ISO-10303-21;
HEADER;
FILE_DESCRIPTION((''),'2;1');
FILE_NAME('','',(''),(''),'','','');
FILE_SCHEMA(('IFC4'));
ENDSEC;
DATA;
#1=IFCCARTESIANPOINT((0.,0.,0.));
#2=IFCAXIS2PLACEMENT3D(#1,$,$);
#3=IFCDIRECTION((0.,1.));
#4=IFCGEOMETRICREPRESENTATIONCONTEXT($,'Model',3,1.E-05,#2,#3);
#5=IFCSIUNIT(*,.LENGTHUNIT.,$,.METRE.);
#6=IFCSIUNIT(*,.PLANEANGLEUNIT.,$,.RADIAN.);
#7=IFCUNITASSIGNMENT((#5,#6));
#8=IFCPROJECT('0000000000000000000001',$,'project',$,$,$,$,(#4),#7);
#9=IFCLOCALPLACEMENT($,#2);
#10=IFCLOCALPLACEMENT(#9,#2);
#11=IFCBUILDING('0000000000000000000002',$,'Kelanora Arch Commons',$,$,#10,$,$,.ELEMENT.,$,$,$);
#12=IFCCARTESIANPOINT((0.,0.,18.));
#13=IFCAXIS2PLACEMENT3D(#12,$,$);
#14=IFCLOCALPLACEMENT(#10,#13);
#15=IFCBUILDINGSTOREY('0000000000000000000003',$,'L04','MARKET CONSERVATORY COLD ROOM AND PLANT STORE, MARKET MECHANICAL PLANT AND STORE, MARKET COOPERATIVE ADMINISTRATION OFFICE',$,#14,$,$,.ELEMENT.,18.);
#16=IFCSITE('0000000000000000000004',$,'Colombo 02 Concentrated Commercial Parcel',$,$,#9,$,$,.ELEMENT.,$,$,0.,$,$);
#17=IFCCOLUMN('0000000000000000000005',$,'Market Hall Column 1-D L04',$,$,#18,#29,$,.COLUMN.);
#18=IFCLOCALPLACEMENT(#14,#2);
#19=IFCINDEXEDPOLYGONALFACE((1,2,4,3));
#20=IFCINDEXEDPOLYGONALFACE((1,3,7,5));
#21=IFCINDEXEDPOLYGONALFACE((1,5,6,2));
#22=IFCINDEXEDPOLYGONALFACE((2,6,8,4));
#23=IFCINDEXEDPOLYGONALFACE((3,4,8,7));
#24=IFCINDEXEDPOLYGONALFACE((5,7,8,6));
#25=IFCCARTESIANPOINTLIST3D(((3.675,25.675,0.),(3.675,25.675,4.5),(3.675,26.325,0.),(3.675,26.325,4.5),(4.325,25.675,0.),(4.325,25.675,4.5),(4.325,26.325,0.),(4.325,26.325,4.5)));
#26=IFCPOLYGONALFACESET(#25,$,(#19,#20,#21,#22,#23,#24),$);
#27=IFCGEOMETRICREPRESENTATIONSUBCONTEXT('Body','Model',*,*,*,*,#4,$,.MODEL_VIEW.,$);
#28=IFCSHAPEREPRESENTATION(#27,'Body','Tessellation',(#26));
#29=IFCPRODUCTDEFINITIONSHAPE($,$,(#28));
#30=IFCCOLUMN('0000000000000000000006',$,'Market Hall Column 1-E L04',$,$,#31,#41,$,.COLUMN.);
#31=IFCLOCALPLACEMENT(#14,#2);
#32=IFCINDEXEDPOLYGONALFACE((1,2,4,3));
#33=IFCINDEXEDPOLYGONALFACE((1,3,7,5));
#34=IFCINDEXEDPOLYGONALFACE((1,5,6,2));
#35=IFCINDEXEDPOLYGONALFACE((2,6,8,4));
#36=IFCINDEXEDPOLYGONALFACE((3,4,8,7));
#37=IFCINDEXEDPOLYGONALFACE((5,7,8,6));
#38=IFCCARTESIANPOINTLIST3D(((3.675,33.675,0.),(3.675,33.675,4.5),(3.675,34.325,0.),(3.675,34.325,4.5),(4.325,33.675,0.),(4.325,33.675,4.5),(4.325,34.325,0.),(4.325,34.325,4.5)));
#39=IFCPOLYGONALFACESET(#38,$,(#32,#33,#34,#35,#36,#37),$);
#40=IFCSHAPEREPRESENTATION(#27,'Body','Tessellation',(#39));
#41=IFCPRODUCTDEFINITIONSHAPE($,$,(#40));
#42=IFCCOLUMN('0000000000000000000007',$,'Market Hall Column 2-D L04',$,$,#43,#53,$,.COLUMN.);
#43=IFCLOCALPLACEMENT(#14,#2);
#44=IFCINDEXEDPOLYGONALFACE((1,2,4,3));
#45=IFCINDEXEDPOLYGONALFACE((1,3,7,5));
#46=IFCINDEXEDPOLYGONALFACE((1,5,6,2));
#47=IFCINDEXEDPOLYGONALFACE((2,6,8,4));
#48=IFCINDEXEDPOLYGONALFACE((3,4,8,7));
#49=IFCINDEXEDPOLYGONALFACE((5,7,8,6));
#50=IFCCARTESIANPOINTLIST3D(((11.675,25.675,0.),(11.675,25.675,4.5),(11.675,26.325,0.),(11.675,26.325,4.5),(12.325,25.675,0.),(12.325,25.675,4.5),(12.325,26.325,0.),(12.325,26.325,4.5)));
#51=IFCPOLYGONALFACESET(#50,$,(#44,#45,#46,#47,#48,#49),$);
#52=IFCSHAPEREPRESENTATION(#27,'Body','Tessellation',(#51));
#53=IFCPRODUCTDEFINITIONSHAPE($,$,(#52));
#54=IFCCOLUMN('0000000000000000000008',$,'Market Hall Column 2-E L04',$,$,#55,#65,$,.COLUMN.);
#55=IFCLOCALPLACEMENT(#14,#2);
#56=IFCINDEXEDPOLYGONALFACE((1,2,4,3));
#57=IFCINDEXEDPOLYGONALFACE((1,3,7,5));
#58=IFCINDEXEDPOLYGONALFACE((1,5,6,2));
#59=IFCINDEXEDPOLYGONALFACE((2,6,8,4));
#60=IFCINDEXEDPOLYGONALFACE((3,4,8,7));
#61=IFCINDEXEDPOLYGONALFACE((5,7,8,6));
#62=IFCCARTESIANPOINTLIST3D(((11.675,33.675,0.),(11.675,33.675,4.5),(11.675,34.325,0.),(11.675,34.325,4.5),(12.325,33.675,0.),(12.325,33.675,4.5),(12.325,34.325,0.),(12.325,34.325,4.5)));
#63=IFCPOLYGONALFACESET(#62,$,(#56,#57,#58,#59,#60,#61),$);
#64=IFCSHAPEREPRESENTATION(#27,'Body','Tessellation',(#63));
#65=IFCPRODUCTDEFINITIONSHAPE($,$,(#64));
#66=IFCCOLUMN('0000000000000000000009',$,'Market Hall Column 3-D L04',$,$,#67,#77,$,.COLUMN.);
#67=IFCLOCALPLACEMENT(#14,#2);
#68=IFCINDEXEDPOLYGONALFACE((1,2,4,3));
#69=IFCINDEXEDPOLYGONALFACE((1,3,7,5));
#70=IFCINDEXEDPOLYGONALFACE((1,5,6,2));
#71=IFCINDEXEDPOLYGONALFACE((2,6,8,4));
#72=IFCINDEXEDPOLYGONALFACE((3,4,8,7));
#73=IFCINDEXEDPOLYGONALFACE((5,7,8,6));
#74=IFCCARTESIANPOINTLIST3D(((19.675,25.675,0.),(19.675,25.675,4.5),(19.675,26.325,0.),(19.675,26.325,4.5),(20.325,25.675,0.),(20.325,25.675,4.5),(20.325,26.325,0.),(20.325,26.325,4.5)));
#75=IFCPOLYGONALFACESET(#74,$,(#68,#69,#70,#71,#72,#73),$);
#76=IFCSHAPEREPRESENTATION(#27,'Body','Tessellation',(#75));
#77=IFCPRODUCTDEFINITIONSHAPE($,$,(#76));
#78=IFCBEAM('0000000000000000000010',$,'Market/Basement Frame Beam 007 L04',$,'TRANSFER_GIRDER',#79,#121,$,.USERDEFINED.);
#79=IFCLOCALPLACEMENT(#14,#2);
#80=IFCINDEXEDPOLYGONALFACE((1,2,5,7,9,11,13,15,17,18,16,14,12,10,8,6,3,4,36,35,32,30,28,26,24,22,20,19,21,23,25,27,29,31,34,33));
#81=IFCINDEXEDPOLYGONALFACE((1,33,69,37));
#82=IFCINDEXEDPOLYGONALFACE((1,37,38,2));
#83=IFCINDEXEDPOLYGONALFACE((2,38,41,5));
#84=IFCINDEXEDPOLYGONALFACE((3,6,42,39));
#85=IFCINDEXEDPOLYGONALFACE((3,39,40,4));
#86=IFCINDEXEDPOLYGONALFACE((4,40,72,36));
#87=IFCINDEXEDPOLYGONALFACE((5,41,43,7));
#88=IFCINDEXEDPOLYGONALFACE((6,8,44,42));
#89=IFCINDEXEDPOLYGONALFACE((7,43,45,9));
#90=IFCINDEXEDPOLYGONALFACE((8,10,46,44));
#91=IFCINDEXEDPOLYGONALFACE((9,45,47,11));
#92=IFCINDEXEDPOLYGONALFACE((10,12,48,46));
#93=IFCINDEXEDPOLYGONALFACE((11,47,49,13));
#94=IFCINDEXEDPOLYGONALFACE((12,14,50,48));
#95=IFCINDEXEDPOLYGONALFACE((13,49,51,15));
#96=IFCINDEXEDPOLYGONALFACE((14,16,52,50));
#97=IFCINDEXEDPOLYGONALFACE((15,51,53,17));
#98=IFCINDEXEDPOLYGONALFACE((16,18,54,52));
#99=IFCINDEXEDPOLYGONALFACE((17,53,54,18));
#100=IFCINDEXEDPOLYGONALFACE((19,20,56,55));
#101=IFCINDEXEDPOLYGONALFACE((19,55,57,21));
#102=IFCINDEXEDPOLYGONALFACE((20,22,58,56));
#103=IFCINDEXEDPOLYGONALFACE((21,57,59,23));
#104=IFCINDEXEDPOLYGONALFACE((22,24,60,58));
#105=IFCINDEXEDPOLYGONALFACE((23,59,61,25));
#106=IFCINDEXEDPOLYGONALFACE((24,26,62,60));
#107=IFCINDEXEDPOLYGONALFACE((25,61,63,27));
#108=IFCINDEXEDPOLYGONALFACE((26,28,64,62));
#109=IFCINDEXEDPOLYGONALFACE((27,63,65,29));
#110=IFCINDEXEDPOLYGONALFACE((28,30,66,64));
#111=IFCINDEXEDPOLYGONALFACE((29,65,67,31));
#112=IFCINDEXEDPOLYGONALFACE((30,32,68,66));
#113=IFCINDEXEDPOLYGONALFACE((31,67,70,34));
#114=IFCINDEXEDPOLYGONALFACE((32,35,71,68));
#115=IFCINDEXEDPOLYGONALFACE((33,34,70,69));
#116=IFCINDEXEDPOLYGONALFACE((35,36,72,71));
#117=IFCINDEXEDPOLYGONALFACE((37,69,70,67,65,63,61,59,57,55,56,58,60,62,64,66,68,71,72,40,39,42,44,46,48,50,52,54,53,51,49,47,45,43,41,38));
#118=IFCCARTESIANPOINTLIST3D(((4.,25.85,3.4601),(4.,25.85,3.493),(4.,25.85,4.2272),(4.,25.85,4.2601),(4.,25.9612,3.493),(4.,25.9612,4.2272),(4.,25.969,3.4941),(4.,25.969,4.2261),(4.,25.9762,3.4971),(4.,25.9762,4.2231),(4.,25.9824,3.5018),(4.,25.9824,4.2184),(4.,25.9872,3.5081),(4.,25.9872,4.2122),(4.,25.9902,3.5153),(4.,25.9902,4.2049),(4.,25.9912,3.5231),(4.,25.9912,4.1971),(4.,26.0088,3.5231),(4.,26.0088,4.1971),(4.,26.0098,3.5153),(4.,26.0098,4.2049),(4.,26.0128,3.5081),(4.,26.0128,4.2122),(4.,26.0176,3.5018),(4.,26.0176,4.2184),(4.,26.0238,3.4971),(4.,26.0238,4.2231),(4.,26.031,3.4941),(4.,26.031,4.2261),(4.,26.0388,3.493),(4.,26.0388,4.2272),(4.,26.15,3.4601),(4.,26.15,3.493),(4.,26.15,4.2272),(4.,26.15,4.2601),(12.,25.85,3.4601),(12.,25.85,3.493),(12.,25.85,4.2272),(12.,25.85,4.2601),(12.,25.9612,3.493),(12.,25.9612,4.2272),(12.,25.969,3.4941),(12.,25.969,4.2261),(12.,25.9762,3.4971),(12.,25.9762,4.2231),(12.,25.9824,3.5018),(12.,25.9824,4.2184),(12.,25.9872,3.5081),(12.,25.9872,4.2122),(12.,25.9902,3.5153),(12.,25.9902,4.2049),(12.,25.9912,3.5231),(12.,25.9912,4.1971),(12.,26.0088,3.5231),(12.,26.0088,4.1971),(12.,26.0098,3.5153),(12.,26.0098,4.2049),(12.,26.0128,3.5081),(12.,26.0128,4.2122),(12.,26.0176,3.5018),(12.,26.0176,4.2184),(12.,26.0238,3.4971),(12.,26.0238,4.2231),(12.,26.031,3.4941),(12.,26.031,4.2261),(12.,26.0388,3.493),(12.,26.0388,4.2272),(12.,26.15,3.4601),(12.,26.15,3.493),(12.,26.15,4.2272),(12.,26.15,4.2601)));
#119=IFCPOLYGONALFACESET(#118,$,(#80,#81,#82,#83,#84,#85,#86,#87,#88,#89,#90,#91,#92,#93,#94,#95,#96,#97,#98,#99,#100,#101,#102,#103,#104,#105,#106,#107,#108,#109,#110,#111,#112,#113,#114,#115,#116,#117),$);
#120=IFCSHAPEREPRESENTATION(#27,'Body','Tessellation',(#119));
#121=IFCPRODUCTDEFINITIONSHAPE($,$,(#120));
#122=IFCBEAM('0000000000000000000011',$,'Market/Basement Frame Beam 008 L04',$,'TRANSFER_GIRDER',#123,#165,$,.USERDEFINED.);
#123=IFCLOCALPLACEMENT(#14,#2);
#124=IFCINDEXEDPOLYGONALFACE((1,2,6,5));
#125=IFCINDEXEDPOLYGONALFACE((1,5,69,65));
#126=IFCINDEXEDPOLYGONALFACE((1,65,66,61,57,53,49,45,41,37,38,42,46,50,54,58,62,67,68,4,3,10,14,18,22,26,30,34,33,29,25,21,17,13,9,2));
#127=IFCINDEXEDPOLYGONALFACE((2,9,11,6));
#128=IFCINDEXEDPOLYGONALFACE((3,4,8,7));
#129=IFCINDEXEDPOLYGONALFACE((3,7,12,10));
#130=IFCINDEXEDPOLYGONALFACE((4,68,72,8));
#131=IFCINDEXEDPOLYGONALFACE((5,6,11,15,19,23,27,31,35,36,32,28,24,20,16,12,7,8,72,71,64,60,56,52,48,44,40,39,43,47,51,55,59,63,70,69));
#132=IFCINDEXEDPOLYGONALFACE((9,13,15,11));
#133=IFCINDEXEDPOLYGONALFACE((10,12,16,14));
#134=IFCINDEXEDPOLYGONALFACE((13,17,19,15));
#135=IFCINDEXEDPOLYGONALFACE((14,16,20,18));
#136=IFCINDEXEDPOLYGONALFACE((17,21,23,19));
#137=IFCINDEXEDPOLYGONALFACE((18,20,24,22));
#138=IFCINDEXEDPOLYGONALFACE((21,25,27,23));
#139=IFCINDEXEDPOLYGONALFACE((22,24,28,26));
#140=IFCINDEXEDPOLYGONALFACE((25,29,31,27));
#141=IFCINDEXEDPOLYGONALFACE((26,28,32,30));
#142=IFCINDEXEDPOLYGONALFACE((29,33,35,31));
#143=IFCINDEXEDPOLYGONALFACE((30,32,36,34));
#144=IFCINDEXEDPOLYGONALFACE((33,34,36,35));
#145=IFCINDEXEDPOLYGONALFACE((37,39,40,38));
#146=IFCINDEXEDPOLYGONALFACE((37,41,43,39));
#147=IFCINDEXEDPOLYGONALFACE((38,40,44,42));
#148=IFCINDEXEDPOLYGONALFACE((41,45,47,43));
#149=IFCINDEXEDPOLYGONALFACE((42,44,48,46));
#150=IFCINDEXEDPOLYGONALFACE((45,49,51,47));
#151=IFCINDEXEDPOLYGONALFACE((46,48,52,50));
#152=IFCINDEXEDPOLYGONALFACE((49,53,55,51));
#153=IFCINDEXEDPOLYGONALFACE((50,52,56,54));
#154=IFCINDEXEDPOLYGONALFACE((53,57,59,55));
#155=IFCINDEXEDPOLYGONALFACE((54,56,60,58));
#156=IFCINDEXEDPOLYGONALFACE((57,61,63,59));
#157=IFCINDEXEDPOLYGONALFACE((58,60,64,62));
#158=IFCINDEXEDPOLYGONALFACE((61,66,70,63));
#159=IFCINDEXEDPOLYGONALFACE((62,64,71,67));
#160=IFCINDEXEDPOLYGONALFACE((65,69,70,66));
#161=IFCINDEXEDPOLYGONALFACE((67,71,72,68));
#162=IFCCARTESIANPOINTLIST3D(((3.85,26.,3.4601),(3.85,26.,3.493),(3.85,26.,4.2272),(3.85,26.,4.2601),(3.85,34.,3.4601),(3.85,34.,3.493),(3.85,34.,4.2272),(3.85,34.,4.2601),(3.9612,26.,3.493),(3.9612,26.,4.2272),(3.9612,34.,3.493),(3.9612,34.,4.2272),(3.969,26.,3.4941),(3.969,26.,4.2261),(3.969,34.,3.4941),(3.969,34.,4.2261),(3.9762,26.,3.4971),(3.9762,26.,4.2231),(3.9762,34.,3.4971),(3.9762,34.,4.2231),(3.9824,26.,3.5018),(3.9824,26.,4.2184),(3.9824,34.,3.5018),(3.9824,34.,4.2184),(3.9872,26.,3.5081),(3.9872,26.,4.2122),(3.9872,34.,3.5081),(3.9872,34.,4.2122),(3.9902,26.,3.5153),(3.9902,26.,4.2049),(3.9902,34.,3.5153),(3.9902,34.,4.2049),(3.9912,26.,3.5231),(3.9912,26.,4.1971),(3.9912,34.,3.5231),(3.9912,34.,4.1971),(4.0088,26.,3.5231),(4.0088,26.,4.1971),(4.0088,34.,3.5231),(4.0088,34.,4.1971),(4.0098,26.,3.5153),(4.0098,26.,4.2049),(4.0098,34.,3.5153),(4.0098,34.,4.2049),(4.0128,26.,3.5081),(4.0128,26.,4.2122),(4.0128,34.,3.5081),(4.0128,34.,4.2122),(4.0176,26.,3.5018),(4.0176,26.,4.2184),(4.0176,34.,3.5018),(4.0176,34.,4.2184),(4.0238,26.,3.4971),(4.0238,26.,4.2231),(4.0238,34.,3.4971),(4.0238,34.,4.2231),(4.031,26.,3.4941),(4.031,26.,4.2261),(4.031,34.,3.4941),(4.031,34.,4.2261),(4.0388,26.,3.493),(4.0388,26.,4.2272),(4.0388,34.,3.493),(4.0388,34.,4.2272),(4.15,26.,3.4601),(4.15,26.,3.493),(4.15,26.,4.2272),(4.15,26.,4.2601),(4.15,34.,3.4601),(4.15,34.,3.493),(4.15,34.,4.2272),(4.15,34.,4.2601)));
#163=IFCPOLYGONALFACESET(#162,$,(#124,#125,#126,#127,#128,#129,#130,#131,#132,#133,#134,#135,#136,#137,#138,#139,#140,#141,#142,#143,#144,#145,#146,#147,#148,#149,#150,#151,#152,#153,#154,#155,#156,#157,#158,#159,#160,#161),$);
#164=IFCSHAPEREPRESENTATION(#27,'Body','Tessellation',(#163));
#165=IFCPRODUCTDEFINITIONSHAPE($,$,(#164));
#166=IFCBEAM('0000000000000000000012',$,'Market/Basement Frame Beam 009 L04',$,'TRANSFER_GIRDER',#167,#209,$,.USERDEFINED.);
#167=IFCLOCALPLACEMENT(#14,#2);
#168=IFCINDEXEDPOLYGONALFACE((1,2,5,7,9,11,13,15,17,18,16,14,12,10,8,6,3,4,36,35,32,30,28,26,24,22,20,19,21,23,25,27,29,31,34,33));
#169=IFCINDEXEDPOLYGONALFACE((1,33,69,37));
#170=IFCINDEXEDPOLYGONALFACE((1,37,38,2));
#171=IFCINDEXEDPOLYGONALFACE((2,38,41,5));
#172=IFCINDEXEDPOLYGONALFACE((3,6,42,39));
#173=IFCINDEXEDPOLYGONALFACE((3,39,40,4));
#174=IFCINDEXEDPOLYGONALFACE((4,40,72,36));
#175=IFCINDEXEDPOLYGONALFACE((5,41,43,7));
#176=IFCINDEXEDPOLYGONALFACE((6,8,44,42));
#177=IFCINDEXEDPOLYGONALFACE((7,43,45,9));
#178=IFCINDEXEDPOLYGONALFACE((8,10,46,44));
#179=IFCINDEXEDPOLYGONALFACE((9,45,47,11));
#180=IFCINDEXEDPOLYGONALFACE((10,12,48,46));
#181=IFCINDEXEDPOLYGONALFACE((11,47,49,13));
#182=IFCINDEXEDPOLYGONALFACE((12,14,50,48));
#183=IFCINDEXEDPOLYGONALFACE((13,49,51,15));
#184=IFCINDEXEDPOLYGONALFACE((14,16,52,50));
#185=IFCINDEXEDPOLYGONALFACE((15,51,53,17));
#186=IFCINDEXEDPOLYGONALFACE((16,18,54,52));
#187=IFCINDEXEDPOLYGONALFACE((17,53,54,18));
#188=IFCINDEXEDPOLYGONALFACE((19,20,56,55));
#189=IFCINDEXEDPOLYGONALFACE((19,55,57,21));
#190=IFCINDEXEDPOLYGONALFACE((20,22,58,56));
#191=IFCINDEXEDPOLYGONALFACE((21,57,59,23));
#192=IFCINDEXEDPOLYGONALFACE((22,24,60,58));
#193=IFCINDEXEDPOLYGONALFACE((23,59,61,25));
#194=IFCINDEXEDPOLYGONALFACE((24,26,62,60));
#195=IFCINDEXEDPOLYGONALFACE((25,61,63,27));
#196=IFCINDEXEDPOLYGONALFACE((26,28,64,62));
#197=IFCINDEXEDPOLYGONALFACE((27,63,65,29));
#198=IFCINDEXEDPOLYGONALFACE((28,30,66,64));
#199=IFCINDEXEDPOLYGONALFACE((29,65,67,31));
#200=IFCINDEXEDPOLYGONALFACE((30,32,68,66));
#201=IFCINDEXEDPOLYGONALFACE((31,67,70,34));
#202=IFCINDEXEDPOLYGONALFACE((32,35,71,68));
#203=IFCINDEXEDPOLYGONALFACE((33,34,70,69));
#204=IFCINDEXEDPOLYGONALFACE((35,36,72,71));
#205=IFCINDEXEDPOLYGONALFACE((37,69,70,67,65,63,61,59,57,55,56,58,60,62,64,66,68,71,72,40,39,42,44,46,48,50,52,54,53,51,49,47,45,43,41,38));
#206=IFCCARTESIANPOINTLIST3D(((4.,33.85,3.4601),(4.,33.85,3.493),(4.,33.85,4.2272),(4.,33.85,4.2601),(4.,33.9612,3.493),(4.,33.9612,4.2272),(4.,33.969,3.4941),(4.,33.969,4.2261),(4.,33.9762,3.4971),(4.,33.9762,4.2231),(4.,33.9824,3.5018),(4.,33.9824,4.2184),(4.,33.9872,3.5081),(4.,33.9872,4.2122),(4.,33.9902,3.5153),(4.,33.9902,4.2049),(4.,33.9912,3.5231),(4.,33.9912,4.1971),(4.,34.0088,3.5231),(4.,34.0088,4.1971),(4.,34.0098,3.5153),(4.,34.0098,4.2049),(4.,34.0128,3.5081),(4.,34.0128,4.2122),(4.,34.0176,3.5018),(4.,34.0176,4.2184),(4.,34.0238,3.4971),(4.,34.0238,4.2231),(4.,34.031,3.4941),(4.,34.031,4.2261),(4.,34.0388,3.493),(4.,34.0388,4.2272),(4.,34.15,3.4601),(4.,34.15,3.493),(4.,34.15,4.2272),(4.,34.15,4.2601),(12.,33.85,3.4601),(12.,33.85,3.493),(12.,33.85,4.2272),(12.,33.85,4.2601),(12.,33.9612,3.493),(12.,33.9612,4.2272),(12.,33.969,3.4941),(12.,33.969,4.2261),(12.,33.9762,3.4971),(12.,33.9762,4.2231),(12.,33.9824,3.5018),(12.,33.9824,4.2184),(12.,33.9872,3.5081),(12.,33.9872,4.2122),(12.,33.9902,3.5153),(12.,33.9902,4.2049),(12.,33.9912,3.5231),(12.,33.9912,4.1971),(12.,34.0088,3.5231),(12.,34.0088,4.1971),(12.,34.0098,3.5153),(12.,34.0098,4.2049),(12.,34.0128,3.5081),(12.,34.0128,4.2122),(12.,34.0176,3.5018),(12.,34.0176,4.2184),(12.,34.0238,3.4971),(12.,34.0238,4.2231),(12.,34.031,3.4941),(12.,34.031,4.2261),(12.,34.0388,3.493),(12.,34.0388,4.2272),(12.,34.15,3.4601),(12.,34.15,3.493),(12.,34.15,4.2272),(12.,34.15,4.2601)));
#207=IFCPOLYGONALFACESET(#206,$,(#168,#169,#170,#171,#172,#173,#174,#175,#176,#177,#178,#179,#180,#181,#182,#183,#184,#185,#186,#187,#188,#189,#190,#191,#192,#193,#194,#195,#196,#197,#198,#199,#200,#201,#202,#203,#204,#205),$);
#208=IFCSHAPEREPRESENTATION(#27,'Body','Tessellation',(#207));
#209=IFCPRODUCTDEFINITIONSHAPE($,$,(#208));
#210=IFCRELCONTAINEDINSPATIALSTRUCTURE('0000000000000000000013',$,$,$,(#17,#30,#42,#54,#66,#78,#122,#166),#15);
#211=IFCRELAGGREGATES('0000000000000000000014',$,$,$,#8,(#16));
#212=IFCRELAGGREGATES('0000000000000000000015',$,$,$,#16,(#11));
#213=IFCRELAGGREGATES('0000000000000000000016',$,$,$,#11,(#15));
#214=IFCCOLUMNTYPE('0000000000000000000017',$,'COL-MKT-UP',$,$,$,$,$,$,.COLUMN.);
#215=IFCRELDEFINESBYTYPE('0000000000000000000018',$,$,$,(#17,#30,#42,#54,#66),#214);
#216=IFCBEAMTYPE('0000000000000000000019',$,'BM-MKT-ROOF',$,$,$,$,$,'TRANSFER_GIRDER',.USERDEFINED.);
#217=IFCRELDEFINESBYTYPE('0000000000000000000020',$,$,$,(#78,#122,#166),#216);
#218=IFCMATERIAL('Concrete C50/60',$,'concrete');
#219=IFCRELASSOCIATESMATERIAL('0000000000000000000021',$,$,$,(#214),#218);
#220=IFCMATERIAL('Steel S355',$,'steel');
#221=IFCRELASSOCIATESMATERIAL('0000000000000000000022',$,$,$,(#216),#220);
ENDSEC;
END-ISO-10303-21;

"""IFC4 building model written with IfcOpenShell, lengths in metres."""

from ifc_helpers import new_model, si_unit, direction, frame, origin, origin_2d, place, context, subcontext, project, spatial, rectangle, i_section, extrude, material, material_profile, profile_set, type_object, element, save


model = new_model("IFC4")

# Units and contexts
model_context = context("Model", 3, precision=1e-05, world=origin(), true_north=direction((0.0, 1.0)))
body_context = subcontext(model_context, "Body", "Model", "MODEL_VIEW")
ifc_project = project(units=[si_unit("LENGTHUNIT", "METRE"), si_unit("PLANEANGLEUNIT", "RADIAN")], contexts=[model_context])

# Site, building, storey
site_placement = place(None, origin())
site = spatial("IfcSite", under=ifc_project, at=site_placement, Name="Colombo 02 Concentrated Commercial Parcel", CompositionType="ELEMENT", RefElevation=0.0)
building_placement = place(site_placement, origin())
building = spatial("IfcBuilding", under=site, at=building_placement, Name="Kelanora Arch Commons", CompositionType="ELEMENT")
storey_placement = place(building_placement, frame((0.0, 0.0, 18.0)))
storey = spatial("IfcBuildingStorey", under=building, at=storey_placement, Name="L04", Description="MARKET CONSERVATORY COLD ROOM AND PLANT STORE, MARKET MECHANICAL PLANT AND STORE, MARKET COOPERATIVE ADMINISTRATION OFFICE", CompositionType="ELEMENT", Elevation=18.0)

# Columns
ifc_material_1 = material(Name="Concrete C50/60", Category="concrete")
ifc_material_profile_1 = material_profile(ifc_material_1, rectangle(XDim=0.6499, YDim=0.6499, at=origin_2d()), Name="RC650x650")
ifc_profile_set_1 = profile_set([ifc_material_profile_1], Name="Concrete C50/60")
column_type = type_object("IfcColumnType", Name="COL-MKT-UP", PredefinedType="COLUMN", material=ifc_profile_set_1)
for number, where, z_axis, x_axis, name in (
    (1, (4.0, 26.0, 0.0), (0.0, 0.0, 1.0), (1.0, 0.0, 0.0), "Market Hall Column 1-D L04"),
    (2, (4.0, 34.0, 0.0), (0.0, 0.0, 1.0), (1.0, 0.0, 0.0), "Market Hall Column 1-E L04"),
    (3, (12.0, 26.0, 0.0), (0.0, 0.0, 1.0), (1.0, 0.0, 0.0), "Market Hall Column 2-D L04"),
    (4, (12.0, 34.0, 0.0), (0.0, 0.0, 1.0), (1.0, 0.0, 0.0), "Market Hall Column 2-E L04"),
    (5, (20.0, 26.0, 0.0), (0.0, 0.0, 1.0), (1.0, 0.0, 0.0), "Market Hall Column 3-D L04"),
):
    element("IfcColumn", number, at=place(storey_placement, frame(where, z_axis=z_axis, x_axis=x_axis)), inside=storey, type_object=column_type, Name=name, PredefinedType="COLUMN", context=body_context, shape_type="SweptSolid", body=[
        extrude(rectangle(XDim=0.6499, YDim=0.6499, at=origin_2d()), origin(), (0.0, 0.0, 1.0), 4.5),
    ])

# Beams
ifc_material_2 = material(Name="Steel S355", Category="steel")
ifc_material_profile_2 = material_profile(ifc_material_2, i_section(OverallWidth=0.3, OverallDepth=0.8, WebThickness=0.0176, FlangeThickness=0.033, FilletRadius=0.03, at=origin_2d()), Name="HEB800")
ifc_profile_set_2 = profile_set([ifc_material_profile_2], Name="Steel S355")
beam_type = type_object("IfcBeamType", Name="BM-MKT-ROOF", ElementType="TRANSFER_GIRDER", PredefinedType="USERDEFINED", material=ifc_profile_set_2)
for number, where, z_axis, x_axis, name in (
    (6, (4.0, 26.0, 3.8601), (1.0, 0.0, 0.0), (0.0, 1.0, 0.0), "Market/Basement Frame Beam 007 L04"),
    (7, (4.0, 26.0, 3.8601), (0.0, 1.0, 0.0), (-1.0, 0.0, 0.0), "Market/Basement Frame Beam 008 L04"),
    (8, (4.0, 34.0, 3.8601), (1.0, 0.0, 0.0), (0.0, 1.0, 0.0), "Market/Basement Frame Beam 009 L04"),
):
    element("IfcBeam", number, at=place(storey_placement, frame(where, z_axis=z_axis, x_axis=x_axis)), inside=storey, type_object=beam_type, Name=name, ObjectType="TRANSFER_GIRDER", PredefinedType="USERDEFINED", context=body_context, shape_type="SweptSolid", body=[
        extrude(i_section(OverallWidth=0.3, OverallDepth=0.8, WebThickness=0.0176, FlangeThickness=0.033, FilletRadius=0.03, at=origin_2d()), origin(), (0.0, 0.0, 1.0), 8.0),
    ])

save(model, "model.ifc")
